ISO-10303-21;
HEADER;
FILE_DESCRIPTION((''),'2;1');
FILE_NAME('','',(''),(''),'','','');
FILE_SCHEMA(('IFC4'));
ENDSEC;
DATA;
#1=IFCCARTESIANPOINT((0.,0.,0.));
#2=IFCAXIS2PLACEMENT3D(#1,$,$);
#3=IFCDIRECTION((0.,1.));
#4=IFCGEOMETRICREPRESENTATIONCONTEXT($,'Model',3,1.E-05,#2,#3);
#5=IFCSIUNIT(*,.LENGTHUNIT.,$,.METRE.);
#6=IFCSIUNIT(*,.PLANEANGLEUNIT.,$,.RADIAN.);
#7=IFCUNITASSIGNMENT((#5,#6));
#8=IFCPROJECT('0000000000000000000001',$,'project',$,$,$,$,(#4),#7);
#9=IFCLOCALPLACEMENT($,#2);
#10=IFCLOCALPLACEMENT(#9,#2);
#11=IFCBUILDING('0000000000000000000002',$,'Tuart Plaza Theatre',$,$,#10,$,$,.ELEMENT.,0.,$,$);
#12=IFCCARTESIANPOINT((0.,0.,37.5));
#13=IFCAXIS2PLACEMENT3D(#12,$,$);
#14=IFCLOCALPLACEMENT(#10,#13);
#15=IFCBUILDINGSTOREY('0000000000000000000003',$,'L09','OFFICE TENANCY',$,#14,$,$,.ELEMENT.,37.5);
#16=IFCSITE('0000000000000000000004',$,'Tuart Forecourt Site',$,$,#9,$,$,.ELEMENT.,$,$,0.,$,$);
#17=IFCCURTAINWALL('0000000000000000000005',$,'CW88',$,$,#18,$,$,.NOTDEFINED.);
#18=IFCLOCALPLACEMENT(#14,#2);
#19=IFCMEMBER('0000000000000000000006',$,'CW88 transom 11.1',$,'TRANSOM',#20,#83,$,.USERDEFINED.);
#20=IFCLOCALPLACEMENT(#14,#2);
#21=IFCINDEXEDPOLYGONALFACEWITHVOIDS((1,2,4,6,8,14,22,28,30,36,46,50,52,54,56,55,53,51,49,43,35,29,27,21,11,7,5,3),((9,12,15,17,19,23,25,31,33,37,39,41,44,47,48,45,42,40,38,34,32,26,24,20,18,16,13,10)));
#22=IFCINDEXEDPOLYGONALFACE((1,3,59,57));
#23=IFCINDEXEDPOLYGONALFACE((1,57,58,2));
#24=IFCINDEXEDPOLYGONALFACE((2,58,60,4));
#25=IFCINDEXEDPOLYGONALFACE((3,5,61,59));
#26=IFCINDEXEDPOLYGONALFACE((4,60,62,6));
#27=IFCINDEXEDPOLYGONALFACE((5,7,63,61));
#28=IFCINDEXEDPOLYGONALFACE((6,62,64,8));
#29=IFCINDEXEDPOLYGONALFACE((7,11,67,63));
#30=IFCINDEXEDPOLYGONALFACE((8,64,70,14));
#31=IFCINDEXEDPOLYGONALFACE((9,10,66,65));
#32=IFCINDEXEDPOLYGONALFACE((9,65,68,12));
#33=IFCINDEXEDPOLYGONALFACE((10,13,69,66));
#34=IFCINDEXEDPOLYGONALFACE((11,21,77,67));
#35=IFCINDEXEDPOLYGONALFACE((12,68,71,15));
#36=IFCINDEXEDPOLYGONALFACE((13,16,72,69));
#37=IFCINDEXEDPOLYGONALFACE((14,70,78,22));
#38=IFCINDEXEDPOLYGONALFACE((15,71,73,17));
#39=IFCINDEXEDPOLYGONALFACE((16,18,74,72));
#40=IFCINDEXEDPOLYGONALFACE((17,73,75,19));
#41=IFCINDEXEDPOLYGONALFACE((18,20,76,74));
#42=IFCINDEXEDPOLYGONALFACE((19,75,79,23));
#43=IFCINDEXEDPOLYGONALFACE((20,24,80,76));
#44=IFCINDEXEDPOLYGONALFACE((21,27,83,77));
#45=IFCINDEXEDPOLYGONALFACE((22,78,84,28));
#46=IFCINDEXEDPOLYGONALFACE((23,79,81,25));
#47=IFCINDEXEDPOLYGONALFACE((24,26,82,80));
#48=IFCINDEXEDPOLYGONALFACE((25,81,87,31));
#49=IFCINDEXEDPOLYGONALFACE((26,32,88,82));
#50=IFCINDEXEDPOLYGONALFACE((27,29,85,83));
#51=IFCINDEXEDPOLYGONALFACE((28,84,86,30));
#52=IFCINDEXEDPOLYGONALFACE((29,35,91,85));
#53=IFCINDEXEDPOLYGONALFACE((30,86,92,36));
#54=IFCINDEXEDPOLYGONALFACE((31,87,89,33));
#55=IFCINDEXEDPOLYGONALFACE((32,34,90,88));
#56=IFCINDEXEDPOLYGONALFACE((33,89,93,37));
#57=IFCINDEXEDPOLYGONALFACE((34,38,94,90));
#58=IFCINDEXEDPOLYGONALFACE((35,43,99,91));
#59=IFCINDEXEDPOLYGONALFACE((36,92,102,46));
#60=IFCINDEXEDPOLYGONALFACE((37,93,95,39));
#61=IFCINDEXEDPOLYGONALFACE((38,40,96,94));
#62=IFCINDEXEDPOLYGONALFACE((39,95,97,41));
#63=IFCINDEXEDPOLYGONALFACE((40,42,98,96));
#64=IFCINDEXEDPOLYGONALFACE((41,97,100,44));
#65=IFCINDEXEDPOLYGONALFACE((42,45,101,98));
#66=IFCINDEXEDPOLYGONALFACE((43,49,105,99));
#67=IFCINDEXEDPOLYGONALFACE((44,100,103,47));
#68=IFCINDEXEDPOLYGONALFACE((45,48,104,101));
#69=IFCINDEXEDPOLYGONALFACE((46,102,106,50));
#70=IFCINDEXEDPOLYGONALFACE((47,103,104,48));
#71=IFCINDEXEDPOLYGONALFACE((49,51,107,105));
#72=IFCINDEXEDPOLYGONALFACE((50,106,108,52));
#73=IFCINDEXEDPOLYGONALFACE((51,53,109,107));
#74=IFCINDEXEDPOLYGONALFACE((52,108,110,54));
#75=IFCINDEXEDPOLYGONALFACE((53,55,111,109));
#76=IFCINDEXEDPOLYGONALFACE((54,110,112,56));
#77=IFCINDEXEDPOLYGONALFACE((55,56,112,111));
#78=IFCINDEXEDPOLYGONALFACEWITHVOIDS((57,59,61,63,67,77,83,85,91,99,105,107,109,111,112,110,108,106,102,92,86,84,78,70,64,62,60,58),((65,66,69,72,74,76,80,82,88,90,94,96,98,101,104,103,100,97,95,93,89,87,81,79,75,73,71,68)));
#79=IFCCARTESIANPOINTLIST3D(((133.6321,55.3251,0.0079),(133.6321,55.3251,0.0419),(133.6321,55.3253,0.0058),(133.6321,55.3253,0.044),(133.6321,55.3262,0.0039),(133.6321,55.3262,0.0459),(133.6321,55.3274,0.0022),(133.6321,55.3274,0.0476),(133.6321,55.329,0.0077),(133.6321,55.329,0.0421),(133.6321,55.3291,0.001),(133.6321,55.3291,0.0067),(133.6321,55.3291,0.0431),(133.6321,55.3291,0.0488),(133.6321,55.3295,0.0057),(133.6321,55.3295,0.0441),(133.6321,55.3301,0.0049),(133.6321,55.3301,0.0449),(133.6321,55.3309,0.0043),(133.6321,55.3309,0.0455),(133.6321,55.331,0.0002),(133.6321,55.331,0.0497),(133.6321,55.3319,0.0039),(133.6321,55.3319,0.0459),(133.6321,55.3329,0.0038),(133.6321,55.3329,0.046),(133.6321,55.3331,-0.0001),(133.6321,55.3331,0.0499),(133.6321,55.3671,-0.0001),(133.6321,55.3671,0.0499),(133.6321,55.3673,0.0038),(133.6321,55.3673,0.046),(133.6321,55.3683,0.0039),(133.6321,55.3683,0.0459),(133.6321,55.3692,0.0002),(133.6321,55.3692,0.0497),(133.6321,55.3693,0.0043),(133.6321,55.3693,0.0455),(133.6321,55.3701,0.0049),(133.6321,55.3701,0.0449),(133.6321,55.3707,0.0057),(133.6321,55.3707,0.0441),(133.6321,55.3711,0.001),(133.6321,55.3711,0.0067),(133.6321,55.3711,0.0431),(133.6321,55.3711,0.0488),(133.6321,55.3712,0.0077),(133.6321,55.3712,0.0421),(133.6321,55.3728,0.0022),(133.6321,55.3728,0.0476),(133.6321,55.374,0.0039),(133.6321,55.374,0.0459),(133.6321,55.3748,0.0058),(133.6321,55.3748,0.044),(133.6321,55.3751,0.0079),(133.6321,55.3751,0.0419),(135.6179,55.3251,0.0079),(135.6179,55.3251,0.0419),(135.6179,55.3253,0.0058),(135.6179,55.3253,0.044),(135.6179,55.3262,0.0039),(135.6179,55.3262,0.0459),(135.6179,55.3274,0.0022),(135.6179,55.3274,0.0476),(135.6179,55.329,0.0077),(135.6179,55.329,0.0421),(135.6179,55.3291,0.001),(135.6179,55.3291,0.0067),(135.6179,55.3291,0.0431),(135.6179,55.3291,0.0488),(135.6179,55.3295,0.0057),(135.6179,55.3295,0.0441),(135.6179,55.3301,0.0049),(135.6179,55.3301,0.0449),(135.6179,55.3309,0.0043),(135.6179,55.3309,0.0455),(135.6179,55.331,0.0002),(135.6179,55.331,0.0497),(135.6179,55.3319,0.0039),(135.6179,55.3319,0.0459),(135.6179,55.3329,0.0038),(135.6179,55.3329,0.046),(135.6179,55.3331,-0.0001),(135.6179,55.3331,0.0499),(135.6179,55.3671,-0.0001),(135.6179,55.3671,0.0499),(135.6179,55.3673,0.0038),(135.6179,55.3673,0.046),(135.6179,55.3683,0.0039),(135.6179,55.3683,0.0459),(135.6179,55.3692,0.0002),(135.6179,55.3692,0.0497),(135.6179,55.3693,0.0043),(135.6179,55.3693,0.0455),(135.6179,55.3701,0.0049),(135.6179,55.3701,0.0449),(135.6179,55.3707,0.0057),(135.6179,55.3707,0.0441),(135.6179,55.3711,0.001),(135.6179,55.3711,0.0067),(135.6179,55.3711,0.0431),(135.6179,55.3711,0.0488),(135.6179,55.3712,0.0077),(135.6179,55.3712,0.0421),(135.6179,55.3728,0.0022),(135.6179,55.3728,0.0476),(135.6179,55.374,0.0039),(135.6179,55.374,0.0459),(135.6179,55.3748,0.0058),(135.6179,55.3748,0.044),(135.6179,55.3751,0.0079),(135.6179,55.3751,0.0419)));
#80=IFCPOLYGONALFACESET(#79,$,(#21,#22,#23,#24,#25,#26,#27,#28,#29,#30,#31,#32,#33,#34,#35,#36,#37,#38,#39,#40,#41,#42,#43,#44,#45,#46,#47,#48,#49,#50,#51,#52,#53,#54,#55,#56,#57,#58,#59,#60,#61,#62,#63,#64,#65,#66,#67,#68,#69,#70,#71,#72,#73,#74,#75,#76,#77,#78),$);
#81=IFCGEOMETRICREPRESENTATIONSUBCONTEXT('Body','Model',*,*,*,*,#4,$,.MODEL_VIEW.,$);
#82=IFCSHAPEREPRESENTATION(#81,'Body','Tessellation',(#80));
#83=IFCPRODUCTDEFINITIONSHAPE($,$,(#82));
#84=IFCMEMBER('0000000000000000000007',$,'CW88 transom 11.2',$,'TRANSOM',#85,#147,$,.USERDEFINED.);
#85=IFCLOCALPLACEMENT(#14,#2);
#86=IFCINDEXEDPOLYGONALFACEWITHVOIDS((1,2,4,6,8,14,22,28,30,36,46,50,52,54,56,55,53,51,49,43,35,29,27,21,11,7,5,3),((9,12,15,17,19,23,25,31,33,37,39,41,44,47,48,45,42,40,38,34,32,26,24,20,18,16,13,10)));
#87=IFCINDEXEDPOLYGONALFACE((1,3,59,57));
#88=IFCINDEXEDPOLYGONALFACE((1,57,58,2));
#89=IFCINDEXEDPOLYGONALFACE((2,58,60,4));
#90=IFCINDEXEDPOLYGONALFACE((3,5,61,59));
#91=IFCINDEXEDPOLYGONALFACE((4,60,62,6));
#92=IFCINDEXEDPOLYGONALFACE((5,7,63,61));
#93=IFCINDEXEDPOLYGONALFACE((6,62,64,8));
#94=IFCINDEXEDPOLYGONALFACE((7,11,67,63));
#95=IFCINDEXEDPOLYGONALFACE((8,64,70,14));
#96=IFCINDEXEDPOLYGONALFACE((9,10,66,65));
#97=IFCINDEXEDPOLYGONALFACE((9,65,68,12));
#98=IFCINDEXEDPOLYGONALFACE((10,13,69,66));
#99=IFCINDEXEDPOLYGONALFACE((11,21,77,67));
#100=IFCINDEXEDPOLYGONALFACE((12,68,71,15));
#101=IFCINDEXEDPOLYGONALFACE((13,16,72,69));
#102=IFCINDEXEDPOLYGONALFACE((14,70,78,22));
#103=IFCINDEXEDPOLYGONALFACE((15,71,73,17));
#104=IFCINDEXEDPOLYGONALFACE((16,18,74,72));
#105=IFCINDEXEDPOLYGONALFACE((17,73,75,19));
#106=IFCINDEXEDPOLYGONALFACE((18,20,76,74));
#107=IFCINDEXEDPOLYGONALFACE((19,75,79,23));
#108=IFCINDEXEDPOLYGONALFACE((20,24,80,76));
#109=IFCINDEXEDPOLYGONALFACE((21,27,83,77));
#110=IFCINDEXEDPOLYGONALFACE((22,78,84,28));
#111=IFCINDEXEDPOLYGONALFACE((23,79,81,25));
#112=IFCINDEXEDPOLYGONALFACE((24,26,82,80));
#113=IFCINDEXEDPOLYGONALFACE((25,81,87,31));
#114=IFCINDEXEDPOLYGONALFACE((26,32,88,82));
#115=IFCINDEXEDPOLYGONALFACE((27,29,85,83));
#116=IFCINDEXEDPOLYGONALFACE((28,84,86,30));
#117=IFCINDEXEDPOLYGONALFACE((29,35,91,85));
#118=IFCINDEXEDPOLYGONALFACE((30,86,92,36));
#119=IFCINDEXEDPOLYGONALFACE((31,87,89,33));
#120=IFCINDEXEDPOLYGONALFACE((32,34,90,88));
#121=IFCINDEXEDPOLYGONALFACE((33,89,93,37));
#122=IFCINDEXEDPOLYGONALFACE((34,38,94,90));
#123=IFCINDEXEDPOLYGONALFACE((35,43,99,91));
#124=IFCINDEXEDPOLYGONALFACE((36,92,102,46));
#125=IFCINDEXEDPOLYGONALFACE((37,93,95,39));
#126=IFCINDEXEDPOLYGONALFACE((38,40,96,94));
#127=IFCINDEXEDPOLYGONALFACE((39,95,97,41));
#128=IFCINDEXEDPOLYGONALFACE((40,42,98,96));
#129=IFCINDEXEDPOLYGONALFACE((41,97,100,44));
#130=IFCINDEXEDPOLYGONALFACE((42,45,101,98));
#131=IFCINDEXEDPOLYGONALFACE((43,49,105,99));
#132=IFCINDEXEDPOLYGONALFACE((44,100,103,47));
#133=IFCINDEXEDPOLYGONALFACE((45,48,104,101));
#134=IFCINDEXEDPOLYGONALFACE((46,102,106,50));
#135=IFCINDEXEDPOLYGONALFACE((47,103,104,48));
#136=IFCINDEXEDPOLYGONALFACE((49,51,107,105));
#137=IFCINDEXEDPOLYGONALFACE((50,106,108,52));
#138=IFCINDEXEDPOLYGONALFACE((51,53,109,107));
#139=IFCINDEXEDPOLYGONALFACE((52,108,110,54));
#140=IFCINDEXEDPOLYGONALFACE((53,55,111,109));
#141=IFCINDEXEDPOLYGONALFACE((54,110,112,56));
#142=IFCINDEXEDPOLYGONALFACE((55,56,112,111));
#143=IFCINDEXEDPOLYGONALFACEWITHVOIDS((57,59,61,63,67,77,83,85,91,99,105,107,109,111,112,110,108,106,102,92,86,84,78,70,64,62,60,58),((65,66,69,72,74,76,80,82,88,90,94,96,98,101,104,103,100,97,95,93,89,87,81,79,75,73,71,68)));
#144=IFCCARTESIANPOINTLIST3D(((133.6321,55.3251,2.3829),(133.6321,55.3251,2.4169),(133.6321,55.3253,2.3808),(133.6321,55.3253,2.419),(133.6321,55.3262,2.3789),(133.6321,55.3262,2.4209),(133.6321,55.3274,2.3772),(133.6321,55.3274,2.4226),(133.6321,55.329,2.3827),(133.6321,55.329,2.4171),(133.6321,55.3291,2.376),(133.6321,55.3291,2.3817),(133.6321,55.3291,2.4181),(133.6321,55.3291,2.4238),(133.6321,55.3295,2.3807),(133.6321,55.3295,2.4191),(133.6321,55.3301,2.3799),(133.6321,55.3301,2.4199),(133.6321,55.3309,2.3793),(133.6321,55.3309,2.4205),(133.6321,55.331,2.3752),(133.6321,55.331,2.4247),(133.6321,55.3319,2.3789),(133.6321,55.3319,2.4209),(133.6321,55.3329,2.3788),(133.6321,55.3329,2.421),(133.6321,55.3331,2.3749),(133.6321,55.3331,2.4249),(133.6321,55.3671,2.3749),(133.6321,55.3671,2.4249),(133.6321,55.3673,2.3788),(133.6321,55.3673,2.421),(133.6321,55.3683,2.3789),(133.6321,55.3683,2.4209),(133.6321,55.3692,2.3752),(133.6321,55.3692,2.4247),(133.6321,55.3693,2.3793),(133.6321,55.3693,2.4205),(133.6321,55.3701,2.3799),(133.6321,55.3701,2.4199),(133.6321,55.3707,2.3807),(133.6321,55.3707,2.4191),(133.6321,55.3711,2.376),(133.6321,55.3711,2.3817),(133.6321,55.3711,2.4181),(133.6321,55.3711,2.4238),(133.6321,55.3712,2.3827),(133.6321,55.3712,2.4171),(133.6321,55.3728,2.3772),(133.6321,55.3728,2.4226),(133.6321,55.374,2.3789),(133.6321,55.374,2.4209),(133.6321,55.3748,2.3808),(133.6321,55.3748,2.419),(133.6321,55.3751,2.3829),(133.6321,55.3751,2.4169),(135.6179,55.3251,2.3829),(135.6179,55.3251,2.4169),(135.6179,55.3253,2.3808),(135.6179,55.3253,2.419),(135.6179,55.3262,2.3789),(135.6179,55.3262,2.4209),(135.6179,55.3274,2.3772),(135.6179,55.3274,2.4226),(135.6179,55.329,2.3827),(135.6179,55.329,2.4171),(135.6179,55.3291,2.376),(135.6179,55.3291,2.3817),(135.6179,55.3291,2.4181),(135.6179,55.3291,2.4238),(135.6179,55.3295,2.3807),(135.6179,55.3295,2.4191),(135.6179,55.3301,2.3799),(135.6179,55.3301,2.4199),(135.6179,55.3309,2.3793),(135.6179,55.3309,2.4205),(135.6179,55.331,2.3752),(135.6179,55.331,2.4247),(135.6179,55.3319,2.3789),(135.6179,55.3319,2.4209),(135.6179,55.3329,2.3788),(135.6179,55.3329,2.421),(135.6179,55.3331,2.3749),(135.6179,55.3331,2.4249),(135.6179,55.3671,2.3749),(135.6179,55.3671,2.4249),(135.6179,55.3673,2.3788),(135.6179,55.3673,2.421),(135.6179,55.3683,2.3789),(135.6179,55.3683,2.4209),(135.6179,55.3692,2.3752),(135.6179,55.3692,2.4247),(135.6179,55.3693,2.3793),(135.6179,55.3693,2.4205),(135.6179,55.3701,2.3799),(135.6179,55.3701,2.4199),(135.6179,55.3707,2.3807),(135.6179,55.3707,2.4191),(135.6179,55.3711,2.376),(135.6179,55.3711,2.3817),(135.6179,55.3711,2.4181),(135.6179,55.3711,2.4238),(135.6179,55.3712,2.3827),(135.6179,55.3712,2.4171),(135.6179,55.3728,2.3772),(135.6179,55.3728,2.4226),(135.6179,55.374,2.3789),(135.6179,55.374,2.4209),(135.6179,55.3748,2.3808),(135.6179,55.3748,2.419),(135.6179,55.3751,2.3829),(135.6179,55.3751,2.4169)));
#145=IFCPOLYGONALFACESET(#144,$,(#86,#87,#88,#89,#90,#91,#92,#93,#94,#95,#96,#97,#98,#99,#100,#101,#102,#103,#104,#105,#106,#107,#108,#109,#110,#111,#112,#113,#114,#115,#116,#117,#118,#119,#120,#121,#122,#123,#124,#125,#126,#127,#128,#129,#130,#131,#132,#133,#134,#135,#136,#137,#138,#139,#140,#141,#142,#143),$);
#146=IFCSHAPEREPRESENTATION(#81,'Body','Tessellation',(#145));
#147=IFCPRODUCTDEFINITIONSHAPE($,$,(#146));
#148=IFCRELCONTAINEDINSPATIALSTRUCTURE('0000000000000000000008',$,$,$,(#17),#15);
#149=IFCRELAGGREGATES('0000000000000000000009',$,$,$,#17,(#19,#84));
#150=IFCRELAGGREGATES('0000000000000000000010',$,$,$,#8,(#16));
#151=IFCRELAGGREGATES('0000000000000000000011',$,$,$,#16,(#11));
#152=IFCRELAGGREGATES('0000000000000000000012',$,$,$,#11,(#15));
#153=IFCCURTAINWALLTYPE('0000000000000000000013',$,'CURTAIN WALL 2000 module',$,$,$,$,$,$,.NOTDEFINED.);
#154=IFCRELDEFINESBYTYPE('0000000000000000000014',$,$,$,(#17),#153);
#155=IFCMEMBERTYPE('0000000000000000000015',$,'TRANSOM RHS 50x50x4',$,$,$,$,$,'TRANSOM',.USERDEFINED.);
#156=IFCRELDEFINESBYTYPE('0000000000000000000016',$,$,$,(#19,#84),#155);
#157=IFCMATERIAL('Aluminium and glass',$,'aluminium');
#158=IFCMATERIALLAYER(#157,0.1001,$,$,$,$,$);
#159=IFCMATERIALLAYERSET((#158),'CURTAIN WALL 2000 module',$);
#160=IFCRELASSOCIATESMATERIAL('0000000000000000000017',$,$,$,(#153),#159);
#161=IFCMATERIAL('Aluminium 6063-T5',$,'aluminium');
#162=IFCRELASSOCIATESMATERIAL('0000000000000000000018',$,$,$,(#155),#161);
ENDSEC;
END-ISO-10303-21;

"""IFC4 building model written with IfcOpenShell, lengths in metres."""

from ifc_helpers import new_model, si_unit, direction, frame, origin, origin_2d, place, context, subcontext, project, spatial, hollow_rectangle, extrude, material, layer, layer_set, material_profile, profile_set, type_object, element, aggregate, save


model = new_model("IFC4")

# Units and contexts
model_context = context("Model", 3, precision=1e-05, world=origin(), true_north=direction((0.0, 1.0)))
body_context = subcontext(model_context, "Body", "Model", "MODEL_VIEW")
ifc_project = project(units=[si_unit("LENGTHUNIT", "METRE"), si_unit("PLANEANGLEUNIT", "RADIAN")], contexts=[model_context])

# Site, building, storey
site_placement = place(None, origin())
site = spatial("IfcSite", under=ifc_project, at=site_placement, Name="Tuart Forecourt Site", CompositionType="ELEMENT", RefElevation=0.0)
building_placement = place(site_placement, origin())
building = spatial("IfcBuilding", under=site, at=building_placement, Name="Tuart Plaza Theatre", CompositionType="ELEMENT", ElevationOfRefHeight=0.0)
storey_placement = place(building_placement, frame((0.0, 0.0, 37.5)))
storey = spatial("IfcBuildingStorey", under=building, at=storey_placement, Name="L09", Description="OFFICE TENANCY", CompositionType="ELEMENT", Elevation=37.5)

# Curtain wall, members
ifc_material_1 = material(Name="Aluminium and glass", Category="aluminium")
ifc_layer_1 = layer(ifc_material_1, 0.1001)
ifc_layer_set_1 = layer_set([ifc_layer_1], Name="CURTAIN WALL 2000 module")
curtain_wall_type = type_object("IfcCurtainWallType", Name="CURTAIN WALL 2000 module", PredefinedType="NOTDEFINED", material=ifc_layer_set_1)
curtain_wall_placement = place(storey_placement, origin())
curtain_wall = element("IfcCurtainWall", 1, at=curtain_wall_placement, inside=storey, type_object=curtain_wall_type, Name="CW88", PredefinedType="NOTDEFINED")
ifc_material_2 = material(Name="Aluminium 6063-T5", Category="aluminium")
ifc_material_profile_1 = material_profile(ifc_material_2, hollow_rectangle(XDim=0.05, YDim=0.05, WallThickness=0.0039, InnerFilletRadius=0.0039, OuterFilletRadius=0.0081, at=origin_2d()), Name="RHS 50x50x4")
ifc_profile_set_1 = profile_set([ifc_material_profile_1], Name="Aluminium 6063-T5")
member_type_1 = type_object("IfcMemberType", Name="TRANSOM RHS 50x50x4", ElementType="TRANSOM", PredefinedType="USERDEFINED", material=ifc_profile_set_1)
member_1_placement = place(storey_placement, frame((133.6321, 55.3501, 0.0249), z_axis=(1.0, 0.0, 0.0), x_axis=(0.0, 1.0, 0.0)))
member_1 = element("IfcMember", 2, at=member_1_placement, type_object=member_type_1, Name="CW88 transom 11.1", ObjectType="TRANSOM", PredefinedType="USERDEFINED", context=body_context, shape_type="SweptSolid", body=[
    extrude(hollow_rectangle(XDim=0.05, YDim=0.05, WallThickness=0.0039, InnerFilletRadius=0.0039, OuterFilletRadius=0.0081, at=origin_2d()), origin(), (0.0, 0.0, 1.0), 1.9858),
])
member_2_placement = place(storey_placement, frame((133.6321, 55.3501, 2.3999), z_axis=(1.0, 0.0, 0.0), x_axis=(0.0, 1.0, 0.0)))
member_2 = element("IfcMember", 3, at=member_2_placement, type_object=member_type_1, Name="CW88 transom 11.2", ObjectType="TRANSOM", PredefinedType="USERDEFINED", context=body_context, shape_type="SweptSolid", body=[
    extrude(hollow_rectangle(XDim=0.05, YDim=0.05, WallThickness=0.0039, InnerFilletRadius=0.0039, OuterFilletRadius=0.0081, at=origin_2d()), origin(), (0.0, 0.0, 1.0), 1.9858),
])
aggregate(curtain_wall, [member_1, member_2])

save(model, "model.ifc")
